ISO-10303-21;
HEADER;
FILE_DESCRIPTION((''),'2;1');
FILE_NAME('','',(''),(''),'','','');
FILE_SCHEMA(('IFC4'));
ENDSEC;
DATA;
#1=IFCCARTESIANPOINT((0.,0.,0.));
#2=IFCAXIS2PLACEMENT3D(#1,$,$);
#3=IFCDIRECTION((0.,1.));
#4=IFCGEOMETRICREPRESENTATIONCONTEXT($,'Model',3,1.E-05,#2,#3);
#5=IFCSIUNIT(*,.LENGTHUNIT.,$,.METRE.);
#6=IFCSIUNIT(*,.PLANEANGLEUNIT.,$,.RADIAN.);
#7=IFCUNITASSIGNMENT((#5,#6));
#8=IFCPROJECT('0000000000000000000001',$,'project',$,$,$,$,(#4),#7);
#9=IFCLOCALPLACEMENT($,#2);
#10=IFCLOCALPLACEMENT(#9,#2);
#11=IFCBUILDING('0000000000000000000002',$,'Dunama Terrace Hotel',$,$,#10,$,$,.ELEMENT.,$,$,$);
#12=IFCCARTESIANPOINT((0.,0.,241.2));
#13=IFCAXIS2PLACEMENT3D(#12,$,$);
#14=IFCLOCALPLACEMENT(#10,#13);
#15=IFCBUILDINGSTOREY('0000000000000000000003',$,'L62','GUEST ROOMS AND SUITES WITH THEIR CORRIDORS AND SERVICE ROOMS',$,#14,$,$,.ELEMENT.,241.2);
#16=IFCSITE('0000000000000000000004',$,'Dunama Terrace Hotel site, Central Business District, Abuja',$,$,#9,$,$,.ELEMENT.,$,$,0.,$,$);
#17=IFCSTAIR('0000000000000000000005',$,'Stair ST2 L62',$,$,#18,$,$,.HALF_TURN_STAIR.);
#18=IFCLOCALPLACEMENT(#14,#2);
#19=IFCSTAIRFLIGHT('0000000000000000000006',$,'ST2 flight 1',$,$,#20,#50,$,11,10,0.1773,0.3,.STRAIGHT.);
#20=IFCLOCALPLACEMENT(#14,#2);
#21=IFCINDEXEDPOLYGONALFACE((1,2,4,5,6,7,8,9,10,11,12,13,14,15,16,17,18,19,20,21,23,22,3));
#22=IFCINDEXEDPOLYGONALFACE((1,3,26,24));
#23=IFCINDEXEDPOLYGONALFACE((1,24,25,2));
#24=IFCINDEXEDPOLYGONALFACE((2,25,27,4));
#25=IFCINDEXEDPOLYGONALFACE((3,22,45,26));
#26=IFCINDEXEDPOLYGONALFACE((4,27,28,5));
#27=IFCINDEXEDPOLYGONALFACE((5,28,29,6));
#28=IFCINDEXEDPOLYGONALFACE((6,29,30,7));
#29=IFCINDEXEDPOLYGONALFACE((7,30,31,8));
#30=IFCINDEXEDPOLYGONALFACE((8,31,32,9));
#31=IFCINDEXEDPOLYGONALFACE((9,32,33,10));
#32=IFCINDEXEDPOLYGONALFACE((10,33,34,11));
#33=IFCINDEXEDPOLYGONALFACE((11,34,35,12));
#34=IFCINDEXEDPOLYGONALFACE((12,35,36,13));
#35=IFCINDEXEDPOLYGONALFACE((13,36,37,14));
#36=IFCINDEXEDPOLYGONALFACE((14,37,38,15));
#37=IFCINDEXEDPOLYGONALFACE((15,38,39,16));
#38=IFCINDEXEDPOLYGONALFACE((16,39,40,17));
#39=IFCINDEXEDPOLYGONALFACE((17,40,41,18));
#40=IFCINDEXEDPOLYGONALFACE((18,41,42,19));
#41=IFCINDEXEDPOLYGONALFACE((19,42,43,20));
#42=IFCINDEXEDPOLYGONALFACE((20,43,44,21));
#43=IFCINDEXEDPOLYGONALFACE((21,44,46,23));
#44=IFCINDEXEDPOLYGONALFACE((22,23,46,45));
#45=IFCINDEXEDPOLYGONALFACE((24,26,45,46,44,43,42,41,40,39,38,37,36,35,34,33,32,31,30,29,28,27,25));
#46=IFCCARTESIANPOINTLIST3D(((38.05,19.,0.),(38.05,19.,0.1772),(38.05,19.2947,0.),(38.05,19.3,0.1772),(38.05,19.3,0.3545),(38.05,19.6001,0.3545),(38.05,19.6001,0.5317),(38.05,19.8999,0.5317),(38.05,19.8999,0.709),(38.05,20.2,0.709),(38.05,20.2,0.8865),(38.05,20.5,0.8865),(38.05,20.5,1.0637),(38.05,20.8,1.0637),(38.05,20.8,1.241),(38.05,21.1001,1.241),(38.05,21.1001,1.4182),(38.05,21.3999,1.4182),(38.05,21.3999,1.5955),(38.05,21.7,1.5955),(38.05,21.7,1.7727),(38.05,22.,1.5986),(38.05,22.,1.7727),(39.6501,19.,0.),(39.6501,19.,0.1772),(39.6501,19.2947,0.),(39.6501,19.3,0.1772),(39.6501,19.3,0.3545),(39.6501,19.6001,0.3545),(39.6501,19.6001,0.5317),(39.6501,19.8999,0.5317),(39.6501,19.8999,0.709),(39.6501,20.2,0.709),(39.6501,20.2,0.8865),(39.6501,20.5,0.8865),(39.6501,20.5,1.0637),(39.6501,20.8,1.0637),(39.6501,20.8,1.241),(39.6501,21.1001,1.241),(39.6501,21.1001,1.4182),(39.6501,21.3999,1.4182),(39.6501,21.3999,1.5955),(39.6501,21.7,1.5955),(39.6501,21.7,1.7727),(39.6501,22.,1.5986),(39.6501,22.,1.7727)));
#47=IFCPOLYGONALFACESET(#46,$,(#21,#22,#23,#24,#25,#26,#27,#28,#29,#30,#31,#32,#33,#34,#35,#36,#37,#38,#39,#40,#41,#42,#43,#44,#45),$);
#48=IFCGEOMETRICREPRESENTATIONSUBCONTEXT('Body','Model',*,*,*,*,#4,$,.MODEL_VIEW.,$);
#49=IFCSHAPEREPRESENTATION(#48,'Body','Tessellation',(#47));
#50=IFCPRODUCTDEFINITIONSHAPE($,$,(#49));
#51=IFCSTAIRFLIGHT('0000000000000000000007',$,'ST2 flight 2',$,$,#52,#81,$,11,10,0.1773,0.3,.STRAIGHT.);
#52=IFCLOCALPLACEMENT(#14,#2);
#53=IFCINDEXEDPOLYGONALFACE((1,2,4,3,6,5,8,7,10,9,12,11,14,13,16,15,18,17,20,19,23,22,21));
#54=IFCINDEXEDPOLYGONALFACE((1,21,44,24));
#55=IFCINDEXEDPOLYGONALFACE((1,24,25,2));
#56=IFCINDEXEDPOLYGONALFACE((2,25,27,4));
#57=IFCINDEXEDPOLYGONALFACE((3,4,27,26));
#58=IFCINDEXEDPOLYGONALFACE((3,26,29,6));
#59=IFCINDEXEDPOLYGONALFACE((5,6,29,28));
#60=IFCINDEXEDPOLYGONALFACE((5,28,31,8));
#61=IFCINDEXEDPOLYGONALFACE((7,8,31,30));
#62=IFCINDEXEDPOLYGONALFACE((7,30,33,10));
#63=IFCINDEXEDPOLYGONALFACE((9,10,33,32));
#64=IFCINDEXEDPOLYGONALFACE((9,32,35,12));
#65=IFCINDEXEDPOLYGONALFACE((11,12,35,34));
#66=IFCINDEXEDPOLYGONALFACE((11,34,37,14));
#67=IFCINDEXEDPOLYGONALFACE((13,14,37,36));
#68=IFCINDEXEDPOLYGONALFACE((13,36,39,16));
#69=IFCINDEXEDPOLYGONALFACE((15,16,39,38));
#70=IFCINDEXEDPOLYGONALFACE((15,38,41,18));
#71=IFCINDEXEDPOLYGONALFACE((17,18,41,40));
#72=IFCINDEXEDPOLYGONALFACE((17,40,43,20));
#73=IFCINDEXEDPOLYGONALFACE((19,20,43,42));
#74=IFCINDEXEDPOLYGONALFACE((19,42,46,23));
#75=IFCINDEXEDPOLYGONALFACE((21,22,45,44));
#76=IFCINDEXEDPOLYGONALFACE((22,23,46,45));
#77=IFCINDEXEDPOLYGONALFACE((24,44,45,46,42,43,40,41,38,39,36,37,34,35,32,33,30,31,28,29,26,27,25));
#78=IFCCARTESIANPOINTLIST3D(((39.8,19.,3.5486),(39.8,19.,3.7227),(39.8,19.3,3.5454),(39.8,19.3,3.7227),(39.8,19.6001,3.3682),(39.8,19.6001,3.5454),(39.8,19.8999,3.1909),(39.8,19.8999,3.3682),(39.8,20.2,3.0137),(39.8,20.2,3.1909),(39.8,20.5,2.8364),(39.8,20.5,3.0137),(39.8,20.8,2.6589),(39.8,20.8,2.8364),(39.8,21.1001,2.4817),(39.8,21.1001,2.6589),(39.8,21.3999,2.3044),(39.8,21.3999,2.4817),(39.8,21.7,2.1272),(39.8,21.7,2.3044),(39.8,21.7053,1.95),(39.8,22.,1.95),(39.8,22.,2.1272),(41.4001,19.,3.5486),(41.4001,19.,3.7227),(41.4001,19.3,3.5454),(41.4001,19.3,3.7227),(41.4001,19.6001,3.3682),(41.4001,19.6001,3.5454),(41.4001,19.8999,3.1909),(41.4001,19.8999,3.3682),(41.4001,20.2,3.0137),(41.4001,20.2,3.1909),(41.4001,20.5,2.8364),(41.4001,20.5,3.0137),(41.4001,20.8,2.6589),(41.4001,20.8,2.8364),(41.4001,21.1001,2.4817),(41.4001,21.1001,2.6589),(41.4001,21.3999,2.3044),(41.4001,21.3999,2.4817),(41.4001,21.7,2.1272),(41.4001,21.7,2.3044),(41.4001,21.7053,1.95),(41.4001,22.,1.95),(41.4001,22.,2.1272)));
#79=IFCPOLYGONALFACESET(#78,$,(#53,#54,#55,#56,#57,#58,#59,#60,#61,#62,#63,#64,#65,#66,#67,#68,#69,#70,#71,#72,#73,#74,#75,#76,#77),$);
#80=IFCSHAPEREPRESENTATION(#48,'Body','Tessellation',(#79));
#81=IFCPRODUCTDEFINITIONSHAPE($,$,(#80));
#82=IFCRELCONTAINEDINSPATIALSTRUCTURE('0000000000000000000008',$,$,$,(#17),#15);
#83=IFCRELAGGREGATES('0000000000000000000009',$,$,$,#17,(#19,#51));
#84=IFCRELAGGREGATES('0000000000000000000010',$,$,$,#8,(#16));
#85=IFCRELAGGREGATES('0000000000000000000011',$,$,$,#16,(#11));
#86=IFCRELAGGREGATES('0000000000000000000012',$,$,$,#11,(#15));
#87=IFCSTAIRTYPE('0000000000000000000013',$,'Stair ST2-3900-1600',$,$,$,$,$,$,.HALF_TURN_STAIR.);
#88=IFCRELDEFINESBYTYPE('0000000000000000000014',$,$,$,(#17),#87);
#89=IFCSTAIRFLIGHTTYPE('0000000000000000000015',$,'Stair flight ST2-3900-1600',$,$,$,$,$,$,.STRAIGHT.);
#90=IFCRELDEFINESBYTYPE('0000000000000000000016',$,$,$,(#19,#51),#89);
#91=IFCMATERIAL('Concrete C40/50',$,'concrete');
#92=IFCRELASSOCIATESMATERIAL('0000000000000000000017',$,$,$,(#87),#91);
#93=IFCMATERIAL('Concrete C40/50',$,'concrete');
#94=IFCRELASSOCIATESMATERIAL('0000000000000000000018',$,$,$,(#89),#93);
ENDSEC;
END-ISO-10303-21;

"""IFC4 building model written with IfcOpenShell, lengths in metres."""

from ifc_helpers import new_model, si_unit, direction, frame, origin, place, context, subcontext, project, spatial, polyline, outline, extrude, material, type_object, element, aggregate, save


model = new_model("IFC4")

# Units and contexts
model_context = context("Model", 3, precision=1e-05, world=origin(), true_north=direction((0.0, 1.0)))
body_context = subcontext(model_context, "Body", "Model", "MODEL_VIEW")
ifc_project = project(units=[si_unit("LENGTHUNIT", "METRE"), si_unit("PLANEANGLEUNIT", "RADIAN")], contexts=[model_context])

# Site, building, storey
site_placement = place(None, origin())
site = spatial("IfcSite", under=ifc_project, at=site_placement, Name="Dunama Terrace Hotel site, Central Business District, Abuja", CompositionType="ELEMENT", RefElevation=0.0)
building_placement = place(site_placement, origin())
building = spatial("IfcBuilding", under=site, at=building_placement, Name="Dunama Terrace Hotel", CompositionType="ELEMENT")
storey_placement = place(building_placement, frame((0.0, 0.0, 241.2)))
storey = spatial("IfcBuildingStorey", under=building, at=storey_placement, Name="L62", Description="GUEST ROOMS AND SUITES WITH THEIR CORRIDORS AND SERVICE ROOMS", CompositionType="ELEMENT", Elevation=241.2)

# Stair, stair flights
ifc_material_1 = material(Name="Concrete C40/50", Category="concrete")
stair_type = type_object("IfcStairType", Name="Stair ST2-3900-1600", PredefinedType="HALF_TURN_STAIR", material=ifc_material_1)
stair_placement = place(storey_placement, origin())
stair = element("IfcStair", 1, at=stair_placement, inside=storey, type_object=stair_type, Name="Stair ST2 L62", PredefinedType="HALF_TURN_STAIR")
ifc_material_2 = material(Name="Concrete C40/50", Category="concrete")
stair_flight_type = type_object("IfcStairFlightType", Name="Stair flight ST2-3900-1600", PredefinedType="STRAIGHT", material=ifc_material_2)
stair_flight_1_placement = place(storey_placement, frame((38.8501, 19.0, 0.0), z_axis=(0.0, 0.0, 1.0), x_axis=(0.0, 1.0, 0.0)))
stair_flight_1 = element("IfcStairFlight", 2, at=stair_flight_1_placement, type_object=stair_flight_type, Name="ST2 flight 1", NumberOfRisers=11, NumberOfTreads=10, PredefinedType="STRAIGHT", RiserHeight=0.1773, TreadLength=0.3, context=body_context, shape_type="SweptSolid", body=[
    extrude(outline(polyline([(0.0, 0.0), (0.0, 0.1772), (0.3, 0.1772), (0.3, 0.3545), (0.6001, 0.3545), (0.6001, 0.5317), (0.8999, 0.5317), (0.8999, 0.709), (1.2, 0.709), (1.2, 0.8865), (1.5, 0.8865), (1.5, 1.0637), (1.8, 1.0637), (1.8, 1.241), (2.1001, 1.241), (2.1001, 1.4182), (2.3999, 1.4182), (2.3999, 1.5955), (2.7, 1.5955), (2.7, 1.7727), (3.0, 1.7727), (3.0, 1.95), (3.0, 1.5986), (0.2947, 0.0), (0.0, 0.0)])), frame((0.0, 0.8, 0.0), z_axis=(0.0, -1.0, 0.0), x_axis=(1.0, 0.0, 0.0)), (0.0, 0.0, 1.0), 1.6001),
])
stair_flight_2_placement = place(storey_placement, frame((40.6001, 22.0, 1.95), z_axis=(0.0, 0.0, 1.0), x_axis=(0.0, -1.0, 0.0)))
stair_flight_2 = element("IfcStairFlight", 3, at=stair_flight_2_placement, type_object=stair_flight_type, Name="ST2 flight 2", NumberOfRisers=11, NumberOfTreads=10, PredefinedType="STRAIGHT", RiserHeight=0.1773, TreadLength=0.3, context=body_context, shape_type="SweptSolid", body=[
    extrude(outline(polyline([(0.0, 0.0), (0.0, 0.1772), (0.3, 0.1772), (0.3, 0.3545), (0.6001, 0.3545), (0.6001, 0.5317), (0.8999, 0.5317), (0.8999, 0.709), (1.2, 0.709), (1.2, 0.8865), (1.5, 0.8865), (1.5, 1.0637), (1.8, 1.0637), (1.8, 1.241), (2.1001, 1.241), (2.1001, 1.4182), (2.3999, 1.4182), (2.3999, 1.5955), (2.7, 1.5955), (2.7, 1.7727), (3.0, 1.7727), (3.0, 1.95), (3.0, 1.5986), (0.2947, 0.0), (0.0, 0.0)])), frame((0.0, 0.8, 0.0), z_axis=(0.0, -1.0, 0.0), x_axis=(1.0, 0.0, 0.0)), (0.0, 0.0, 1.0), 1.6001),
])
aggregate(stair, [stair_flight_1, stair_flight_2])

save(model, "model.ifc")
